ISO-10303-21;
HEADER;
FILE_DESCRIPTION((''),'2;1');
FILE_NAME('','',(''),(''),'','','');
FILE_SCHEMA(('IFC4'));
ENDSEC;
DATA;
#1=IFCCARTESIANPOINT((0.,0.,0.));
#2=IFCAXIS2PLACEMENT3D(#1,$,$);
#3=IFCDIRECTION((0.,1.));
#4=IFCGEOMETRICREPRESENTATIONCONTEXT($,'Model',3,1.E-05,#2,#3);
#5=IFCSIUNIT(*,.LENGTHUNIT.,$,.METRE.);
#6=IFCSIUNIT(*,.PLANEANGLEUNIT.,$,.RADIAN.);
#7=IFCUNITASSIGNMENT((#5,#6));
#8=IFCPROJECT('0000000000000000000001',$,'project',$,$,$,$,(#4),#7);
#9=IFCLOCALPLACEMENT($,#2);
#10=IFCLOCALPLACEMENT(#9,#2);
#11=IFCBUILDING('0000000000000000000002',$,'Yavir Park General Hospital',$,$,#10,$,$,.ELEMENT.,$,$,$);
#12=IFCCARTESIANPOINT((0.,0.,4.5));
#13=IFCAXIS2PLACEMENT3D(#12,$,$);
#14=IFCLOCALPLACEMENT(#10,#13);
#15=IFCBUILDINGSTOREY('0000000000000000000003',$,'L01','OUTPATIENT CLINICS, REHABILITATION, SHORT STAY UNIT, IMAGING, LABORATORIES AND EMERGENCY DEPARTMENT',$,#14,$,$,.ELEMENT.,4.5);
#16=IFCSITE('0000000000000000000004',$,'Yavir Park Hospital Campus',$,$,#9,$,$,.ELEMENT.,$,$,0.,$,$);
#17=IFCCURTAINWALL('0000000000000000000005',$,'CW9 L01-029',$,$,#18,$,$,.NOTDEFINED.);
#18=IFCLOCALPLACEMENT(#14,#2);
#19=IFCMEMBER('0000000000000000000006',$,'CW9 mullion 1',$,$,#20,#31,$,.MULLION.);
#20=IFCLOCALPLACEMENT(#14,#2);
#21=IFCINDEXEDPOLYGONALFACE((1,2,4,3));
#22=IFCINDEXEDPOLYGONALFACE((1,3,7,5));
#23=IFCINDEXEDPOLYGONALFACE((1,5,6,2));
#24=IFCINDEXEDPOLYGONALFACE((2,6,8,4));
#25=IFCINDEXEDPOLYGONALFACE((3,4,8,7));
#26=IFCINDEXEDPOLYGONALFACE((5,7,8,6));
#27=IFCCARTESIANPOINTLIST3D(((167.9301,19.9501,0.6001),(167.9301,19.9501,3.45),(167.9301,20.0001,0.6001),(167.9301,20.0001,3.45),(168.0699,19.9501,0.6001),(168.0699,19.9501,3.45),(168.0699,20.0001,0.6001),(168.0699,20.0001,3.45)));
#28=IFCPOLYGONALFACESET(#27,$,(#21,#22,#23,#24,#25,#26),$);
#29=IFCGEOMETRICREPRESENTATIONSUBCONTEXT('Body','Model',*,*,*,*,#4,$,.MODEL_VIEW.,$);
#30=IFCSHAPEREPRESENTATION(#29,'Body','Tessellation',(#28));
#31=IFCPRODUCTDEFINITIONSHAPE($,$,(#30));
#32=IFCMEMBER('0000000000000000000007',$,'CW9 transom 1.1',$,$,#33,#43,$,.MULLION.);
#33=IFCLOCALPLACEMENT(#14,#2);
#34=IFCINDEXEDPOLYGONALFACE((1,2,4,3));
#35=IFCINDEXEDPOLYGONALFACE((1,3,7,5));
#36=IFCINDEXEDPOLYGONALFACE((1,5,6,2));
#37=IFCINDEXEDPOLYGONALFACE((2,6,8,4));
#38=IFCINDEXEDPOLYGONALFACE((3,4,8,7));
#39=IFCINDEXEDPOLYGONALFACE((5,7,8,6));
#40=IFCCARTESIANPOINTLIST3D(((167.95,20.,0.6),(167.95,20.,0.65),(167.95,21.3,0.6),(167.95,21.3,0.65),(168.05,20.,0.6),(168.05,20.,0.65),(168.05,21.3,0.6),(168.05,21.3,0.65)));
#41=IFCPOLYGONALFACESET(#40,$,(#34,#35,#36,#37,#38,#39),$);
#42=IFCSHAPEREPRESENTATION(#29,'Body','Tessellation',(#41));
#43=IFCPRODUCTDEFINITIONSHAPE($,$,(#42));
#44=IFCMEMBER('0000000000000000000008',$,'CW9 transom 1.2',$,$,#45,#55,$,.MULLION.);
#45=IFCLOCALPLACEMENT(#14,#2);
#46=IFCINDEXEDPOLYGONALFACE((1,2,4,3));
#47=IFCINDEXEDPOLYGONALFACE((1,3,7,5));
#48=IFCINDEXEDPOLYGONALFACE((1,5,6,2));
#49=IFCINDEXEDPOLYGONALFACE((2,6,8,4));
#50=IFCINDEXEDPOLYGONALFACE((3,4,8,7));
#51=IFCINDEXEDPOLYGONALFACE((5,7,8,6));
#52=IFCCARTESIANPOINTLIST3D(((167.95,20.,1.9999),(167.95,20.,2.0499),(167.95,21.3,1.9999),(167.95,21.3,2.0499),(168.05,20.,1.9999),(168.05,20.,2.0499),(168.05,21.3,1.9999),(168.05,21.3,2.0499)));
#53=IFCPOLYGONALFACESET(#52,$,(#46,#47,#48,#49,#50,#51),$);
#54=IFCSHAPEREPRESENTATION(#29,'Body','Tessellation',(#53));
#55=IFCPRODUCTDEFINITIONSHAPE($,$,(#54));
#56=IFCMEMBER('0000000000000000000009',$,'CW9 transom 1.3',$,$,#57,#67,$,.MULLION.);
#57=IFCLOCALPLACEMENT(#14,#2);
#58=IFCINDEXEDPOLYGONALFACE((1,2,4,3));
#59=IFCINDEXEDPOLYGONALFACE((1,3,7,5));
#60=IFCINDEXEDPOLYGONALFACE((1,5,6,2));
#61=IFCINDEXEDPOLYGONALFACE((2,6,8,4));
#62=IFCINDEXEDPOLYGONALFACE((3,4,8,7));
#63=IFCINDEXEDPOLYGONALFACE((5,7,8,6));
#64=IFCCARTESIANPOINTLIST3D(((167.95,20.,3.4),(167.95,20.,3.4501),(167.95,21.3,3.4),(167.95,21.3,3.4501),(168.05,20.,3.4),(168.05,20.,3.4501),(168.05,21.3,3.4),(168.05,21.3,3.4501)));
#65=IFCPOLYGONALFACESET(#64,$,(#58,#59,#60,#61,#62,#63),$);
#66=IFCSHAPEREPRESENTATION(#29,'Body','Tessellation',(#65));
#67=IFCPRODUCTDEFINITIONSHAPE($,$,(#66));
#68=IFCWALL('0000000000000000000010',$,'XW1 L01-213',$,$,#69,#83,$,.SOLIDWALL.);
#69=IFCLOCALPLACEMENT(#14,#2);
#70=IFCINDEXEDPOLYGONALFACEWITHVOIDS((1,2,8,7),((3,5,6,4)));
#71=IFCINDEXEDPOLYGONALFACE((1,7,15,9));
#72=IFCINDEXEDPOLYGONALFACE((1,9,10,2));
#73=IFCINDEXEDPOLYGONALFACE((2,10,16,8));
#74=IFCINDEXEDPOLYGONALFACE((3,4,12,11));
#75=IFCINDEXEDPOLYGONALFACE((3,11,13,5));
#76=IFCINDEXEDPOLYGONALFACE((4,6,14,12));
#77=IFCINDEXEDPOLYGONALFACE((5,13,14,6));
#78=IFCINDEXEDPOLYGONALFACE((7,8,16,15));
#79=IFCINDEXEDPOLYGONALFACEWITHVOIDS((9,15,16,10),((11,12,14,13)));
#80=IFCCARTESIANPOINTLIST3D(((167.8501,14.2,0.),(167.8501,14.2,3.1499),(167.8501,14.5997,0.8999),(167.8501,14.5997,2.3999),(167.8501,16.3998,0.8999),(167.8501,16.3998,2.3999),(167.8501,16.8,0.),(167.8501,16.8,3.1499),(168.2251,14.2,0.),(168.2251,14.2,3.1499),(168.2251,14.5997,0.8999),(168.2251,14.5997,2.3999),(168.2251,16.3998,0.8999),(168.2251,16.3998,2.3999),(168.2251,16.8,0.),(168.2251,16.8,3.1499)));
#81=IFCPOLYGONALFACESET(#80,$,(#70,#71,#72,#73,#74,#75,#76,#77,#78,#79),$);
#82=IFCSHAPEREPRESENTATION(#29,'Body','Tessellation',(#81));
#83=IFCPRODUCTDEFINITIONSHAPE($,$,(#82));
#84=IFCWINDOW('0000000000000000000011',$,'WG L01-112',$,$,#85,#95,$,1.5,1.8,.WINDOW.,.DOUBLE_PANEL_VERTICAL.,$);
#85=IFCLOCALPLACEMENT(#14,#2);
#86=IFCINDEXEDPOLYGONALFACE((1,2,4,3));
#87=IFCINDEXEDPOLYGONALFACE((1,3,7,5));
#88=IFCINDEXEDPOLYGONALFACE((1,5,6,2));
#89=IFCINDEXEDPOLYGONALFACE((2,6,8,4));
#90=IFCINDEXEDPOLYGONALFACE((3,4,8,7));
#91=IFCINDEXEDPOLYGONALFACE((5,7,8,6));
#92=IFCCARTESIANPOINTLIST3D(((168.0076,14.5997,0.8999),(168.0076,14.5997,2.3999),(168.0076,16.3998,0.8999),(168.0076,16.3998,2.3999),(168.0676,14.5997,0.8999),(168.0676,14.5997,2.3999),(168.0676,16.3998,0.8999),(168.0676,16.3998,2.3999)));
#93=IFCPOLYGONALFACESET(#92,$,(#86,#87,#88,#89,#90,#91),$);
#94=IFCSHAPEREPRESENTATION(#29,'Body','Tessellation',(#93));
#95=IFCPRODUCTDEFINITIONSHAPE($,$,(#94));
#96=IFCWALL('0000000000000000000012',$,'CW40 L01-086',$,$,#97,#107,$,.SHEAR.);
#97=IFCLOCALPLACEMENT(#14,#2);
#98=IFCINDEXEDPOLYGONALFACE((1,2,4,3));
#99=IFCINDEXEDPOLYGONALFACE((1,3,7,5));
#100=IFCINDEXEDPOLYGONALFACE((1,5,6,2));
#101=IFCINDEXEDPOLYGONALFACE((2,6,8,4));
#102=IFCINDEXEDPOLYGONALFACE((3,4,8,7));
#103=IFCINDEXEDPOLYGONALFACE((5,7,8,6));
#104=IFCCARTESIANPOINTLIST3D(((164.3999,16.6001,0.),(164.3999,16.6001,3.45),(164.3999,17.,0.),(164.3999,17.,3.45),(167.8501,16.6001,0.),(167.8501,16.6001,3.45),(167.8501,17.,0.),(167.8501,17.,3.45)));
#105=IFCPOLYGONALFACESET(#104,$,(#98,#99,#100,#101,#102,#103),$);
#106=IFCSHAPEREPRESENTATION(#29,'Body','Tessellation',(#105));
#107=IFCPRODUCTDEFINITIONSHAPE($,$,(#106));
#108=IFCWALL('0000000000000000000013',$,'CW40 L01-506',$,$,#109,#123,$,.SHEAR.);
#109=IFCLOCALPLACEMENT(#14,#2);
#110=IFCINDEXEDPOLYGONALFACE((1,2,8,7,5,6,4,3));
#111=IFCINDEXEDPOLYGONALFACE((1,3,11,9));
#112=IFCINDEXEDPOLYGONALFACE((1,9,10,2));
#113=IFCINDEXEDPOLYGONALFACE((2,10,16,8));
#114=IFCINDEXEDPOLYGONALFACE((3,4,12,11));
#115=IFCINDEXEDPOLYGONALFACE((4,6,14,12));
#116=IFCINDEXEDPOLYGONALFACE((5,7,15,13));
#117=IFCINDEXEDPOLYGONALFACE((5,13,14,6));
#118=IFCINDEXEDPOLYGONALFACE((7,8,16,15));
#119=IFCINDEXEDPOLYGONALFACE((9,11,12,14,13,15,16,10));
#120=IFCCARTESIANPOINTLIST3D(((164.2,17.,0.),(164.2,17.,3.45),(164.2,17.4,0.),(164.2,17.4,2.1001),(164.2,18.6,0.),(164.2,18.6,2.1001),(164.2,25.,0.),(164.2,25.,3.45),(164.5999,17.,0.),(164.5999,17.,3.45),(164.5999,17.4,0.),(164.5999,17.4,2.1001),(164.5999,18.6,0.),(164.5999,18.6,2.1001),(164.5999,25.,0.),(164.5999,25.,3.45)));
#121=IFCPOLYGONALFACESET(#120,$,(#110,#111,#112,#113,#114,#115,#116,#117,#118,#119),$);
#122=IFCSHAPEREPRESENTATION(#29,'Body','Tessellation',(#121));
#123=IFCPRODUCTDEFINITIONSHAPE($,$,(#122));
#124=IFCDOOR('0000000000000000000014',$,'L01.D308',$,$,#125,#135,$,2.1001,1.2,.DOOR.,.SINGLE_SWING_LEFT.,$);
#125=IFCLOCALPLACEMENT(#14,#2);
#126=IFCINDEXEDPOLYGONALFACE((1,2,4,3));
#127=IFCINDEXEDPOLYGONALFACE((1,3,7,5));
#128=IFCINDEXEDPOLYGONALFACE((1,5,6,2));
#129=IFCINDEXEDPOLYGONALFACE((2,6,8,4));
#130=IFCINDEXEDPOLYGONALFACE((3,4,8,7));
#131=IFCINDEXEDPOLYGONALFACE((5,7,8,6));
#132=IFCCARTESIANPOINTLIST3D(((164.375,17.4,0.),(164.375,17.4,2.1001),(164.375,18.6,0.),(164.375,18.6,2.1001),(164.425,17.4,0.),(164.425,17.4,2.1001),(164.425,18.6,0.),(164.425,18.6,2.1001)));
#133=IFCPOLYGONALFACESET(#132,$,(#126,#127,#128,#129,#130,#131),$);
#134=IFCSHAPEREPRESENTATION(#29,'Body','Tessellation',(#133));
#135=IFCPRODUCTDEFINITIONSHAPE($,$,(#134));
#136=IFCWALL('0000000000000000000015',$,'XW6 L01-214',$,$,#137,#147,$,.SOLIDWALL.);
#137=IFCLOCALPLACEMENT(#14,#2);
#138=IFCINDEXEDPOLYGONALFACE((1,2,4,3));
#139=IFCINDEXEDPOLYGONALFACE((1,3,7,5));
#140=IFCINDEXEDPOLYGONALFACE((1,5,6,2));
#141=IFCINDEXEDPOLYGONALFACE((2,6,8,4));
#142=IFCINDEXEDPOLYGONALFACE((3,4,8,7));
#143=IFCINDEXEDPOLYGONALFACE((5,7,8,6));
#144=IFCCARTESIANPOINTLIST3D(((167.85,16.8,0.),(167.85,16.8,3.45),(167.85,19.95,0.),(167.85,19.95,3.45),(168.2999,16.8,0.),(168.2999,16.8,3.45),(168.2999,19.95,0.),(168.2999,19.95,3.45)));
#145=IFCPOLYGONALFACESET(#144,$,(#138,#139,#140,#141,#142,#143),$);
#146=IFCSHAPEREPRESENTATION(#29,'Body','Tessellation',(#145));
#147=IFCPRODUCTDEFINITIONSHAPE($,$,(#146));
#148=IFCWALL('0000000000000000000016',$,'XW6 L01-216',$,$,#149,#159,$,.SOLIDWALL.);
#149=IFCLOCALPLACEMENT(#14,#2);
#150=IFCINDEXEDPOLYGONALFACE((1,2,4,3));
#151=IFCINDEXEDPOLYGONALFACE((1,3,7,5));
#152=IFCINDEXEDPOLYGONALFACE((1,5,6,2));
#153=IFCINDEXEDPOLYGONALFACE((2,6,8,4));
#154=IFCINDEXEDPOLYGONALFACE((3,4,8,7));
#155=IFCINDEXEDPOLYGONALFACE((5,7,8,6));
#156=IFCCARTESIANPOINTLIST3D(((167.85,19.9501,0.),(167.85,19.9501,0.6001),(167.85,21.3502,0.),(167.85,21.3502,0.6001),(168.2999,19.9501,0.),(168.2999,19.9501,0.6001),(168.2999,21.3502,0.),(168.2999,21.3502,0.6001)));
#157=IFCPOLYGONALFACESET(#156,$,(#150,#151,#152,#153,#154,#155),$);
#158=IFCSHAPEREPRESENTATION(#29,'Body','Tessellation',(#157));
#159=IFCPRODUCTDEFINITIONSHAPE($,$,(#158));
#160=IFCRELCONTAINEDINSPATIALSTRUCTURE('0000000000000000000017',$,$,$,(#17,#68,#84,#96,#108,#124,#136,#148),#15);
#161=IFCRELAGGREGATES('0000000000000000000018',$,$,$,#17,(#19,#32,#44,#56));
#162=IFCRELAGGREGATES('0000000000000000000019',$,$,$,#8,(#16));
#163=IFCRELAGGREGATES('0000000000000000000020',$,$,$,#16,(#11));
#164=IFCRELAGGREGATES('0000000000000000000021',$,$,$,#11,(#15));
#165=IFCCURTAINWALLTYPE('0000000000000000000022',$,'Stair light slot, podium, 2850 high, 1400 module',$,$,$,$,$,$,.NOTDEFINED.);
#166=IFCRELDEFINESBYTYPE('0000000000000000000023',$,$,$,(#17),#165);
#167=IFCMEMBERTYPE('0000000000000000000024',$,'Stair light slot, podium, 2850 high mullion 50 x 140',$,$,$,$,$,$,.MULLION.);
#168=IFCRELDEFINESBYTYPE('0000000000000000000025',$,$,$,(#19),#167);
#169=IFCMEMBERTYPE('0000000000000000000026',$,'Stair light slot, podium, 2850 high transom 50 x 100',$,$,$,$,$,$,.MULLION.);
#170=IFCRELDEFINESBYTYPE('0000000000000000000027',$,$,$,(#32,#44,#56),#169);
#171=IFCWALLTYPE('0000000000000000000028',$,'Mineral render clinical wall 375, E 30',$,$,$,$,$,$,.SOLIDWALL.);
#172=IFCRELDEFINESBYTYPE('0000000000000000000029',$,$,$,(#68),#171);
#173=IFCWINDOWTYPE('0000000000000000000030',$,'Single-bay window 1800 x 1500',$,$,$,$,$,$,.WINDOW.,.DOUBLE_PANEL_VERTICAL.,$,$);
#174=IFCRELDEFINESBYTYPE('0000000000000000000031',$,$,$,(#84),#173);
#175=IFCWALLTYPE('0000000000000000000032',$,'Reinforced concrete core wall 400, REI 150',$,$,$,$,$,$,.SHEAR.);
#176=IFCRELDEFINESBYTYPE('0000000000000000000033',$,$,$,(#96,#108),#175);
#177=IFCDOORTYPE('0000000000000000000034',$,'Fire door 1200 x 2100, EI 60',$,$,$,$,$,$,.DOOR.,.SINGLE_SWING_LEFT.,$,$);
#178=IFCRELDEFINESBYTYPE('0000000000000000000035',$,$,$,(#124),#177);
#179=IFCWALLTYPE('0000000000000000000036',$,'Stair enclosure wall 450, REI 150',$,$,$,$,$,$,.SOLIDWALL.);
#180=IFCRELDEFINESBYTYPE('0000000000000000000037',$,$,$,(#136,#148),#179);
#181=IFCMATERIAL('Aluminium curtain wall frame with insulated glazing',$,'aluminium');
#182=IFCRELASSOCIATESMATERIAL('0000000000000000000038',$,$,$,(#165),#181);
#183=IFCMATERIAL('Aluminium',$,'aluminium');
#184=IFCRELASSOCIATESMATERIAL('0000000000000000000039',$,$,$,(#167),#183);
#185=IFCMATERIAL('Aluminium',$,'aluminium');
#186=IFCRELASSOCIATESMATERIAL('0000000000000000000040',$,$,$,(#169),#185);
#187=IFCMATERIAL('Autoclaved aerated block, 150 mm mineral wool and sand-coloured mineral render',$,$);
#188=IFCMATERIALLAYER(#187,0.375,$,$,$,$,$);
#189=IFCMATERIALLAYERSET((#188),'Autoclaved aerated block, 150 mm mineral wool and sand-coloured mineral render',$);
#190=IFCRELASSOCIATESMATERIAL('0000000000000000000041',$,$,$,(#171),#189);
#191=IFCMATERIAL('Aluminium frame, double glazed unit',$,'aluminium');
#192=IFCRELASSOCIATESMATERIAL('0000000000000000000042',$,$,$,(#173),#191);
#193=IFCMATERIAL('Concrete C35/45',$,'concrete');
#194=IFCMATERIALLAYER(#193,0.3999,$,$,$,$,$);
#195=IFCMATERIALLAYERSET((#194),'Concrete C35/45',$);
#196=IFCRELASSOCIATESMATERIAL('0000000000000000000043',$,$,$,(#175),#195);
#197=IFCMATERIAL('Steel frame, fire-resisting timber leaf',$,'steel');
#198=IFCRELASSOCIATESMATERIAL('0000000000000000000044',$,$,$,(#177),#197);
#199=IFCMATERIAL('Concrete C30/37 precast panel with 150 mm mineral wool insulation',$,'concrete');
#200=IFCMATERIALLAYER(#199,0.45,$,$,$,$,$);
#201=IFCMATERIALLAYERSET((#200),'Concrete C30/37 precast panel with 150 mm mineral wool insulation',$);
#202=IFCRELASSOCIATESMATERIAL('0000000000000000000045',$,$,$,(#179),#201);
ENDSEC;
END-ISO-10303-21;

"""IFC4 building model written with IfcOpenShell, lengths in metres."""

from ifc_helpers import new_model, si_unit, direction, frame, frame_2d, origin, origin_2d, place, context, subcontext, project, spatial, rectangle, extrude, material, layer, layer_set, material_profile, profile_set, type_object, element, fill, aggregate, save


model = new_model("IFC4")

# Units and contexts
model_context = context("Model", 3, precision=1e-05, world=origin(), true_north=direction((0.0, 1.0)))
body_context = subcontext(model_context, "Body", "Model", "MODEL_VIEW")
ifc_project = project(units=[si_unit("LENGTHUNIT", "METRE"), si_unit("PLANEANGLEUNIT", "RADIAN")], contexts=[model_context])

# Site, building, storey
site_placement = place(None, origin())
site = spatial("IfcSite", under=ifc_project, at=site_placement, Name="Yavir Park Hospital Campus", CompositionType="ELEMENT", RefElevation=0.0)
building_placement = place(site_placement, origin())
building = spatial("IfcBuilding", under=site, at=building_placement, Name="Yavir Park General Hospital", CompositionType="ELEMENT")
storey_placement = place(building_placement, frame((0.0, 0.0, 4.5)))
storey = spatial("IfcBuildingStorey", under=building, at=storey_placement, Name="L01", Description="OUTPATIENT CLINICS, REHABILITATION, SHORT STAY UNIT, IMAGING, LABORATORIES AND EMERGENCY DEPARTMENT", CompositionType="ELEMENT", Elevation=4.5)

# Curtain wall, members
ifc_material_1 = material(Name="Aluminium curtain wall frame with insulated glazing", Category="aluminium")
curtain_wall_type = type_object("IfcCurtainWallType", Name="Stair light slot, podium, 2850 high, 1400 module", PredefinedType="NOTDEFINED", material=ifc_material_1)
curtain_wall_placement = place(storey_placement, origin())
curtain_wall = element("IfcCurtainWall", 1, at=curtain_wall_placement, inside=storey, type_object=curtain_wall_type, Name="CW9 L01-029", PredefinedType="NOTDEFINED")
ifc_material_2 = material(Name="Aluminium", Category="aluminium")
ifc_material_profile_1 = material_profile(ifc_material_2, rectangle(XDim=0.1399, YDim=0.05, at=origin_2d()), Name="AL 50x140")
ifc_profile_set_1 = profile_set([ifc_material_profile_1], Name="Aluminium")
member_type_1 = type_object("IfcMemberType", Name="Stair light slot, podium, 2850 high mullion 50 x 140", PredefinedType="MULLION", material=ifc_profile_set_1)
member_1_placement = place(storey_placement, frame((168.0, 19.9751, 0.6001), z_axis=(0.0, 0.0, 1.0), x_axis=(-1.0, 0.0, 0.0)))
member_1 = element("IfcMember", 2, at=member_1_placement, type_object=member_type_1, Name="CW9 mullion 1", PredefinedType="MULLION", context=body_context, shape_type="SweptSolid", body=[
    extrude(rectangle(XDim=0.1399, YDim=0.05, at=origin_2d()), origin(), (0.0, 0.0, 1.0), 2.8499),
])
ifc_material_3 = material(Name="Aluminium", Category="aluminium")
ifc_material_profile_2 = material_profile(ifc_material_3, rectangle(XDim=0.1001, YDim=0.05, at=origin_2d()), Name="AL 100x50")
ifc_profile_set_2 = profile_set([ifc_material_profile_2], Name="Aluminium")
member_type_2 = type_object("IfcMemberType", Name="Stair light slot, podium, 2850 high transom 50 x 100", PredefinedType="MULLION", material=ifc_profile_set_2)
member_2_placement = place(storey_placement, frame((168.0, 20.0, 0.625), z_axis=(0.0, 1.0, 0.0), x_axis=(-1.0, 0.0, 0.0)))
member_2 = element("IfcMember", 3, at=member_2_placement, type_object=member_type_2, Name="CW9 transom 1.1", PredefinedType="MULLION", context=body_context, shape_type="SweptSolid", body=[
    extrude(rectangle(XDim=0.1001, YDim=0.05, at=origin_2d()), origin(), (0.0, 0.0, 1.0), 1.3),
])
member_3_placement = place(storey_placement, frame((168.0, 20.0, 2.0249), z_axis=(0.0, 1.0, 0.0), x_axis=(-1.0, 0.0, 0.0)))
member_3 = element("IfcMember", 4, at=member_3_placement, type_object=member_type_2, Name="CW9 transom 1.2", PredefinedType="MULLION", context=body_context, shape_type="SweptSolid", body=[
    extrude(rectangle(XDim=0.1001, YDim=0.05, at=origin_2d()), origin(), (0.0, 0.0, 1.0), 1.3),
])
member_4_placement = place(storey_placement, frame((168.0, 20.0, 3.425), z_axis=(0.0, 1.0, 0.0), x_axis=(-1.0, 0.0, 0.0)))
member_4 = element("IfcMember", 5, at=member_4_placement, type_object=member_type_2, Name="CW9 transom 1.3", PredefinedType="MULLION", context=body_context, shape_type="SweptSolid", body=[
    extrude(rectangle(XDim=0.1001, YDim=0.05, at=origin_2d()), origin(), (0.0, 0.0, 1.0), 1.3),
])
aggregate(curtain_wall, [member_1, member_2, member_3, member_4])

# Wall, opening, window
ifc_material_4 = material(Name="Autoclaved aerated block, 150 mm mineral wool and sand-coloured mineral render")
ifc_layer_1 = layer(ifc_material_4, 0.375)
ifc_layer_set_1 = layer_set([ifc_layer_1], Name="Autoclaved aerated block, 150 mm mineral wool and sand-coloured mineral render")
wall_type_1 = type_object("IfcWallType", Name="Mineral render clinical wall 375, E 30", PredefinedType="SOLIDWALL", material=ifc_layer_set_1)
wall_1_placement = place(storey_placement, frame((168.0376, 14.2, 0.0), z_axis=(0.0, 0.0, 1.0), x_axis=(0.0, 1.0, 0.0)))
wall_1 = element("IfcWall", 6, at=wall_1_placement, inside=storey, type_object=wall_type_1, Name="XW1 L01-213", PredefinedType="SOLIDWALL", context=body_context, shape_type="SweptSolid", body=[
    extrude(rectangle(XDim=2.6001, YDim=0.375, at=frame_2d((1.3, 0.0))), origin(), (0.0, 0.0, 1.0), 3.1499),
])
opening_1_placement = place(wall_1_placement, frame((0.3999, 0.0, 0.8999)))
opening_1 = element("IfcOpeningElement", 7, at=opening_1_placement, cuts=wall_1, PredefinedType="OPENING", context=body_context, shape_type="SweptSolid", body=[
    extrude(rectangle(XDim=1.8, YDim=1.5, at=frame_2d((0.8999, 0.75))), frame((0.0, 0.1975, 0.0), z_axis=(0.0, -1.0, 0.0), x_axis=(1.0, 0.0, 0.0)), (0.0, 0.0, 1.0), 0.395),
])
ifc_material_5 = material(Name="Aluminium frame, double glazed unit", Category="aluminium")
window_type = type_object("IfcWindowType", Name="Single-bay window 1800 x 1500", PartitioningType="DOUBLE_PANEL_VERTICAL", PredefinedType="WINDOW", material=ifc_material_5)
window_placement = place(opening_1_placement, origin())
window = element("IfcWindow", 8, at=window_placement, inside=storey, type_object=window_type, Name="WG L01-112", OverallHeight=1.5, OverallWidth=1.8, PartitioningType="DOUBLE_PANEL_VERTICAL", PredefinedType="WINDOW", context=body_context, shape_type="SweptSolid", body=[
    extrude(rectangle(XDim=1.8, YDim=1.5, at=frame_2d((0.8999, 0.75))), frame((0.0, 0.03, 0.0), z_axis=(0.0, -1.0, 0.0), x_axis=(1.0, 0.0, 0.0)), (0.0, 0.0, 1.0), 0.0601),
])
fill(opening_1, window)

# Wall
ifc_material_6 = material(Name="Concrete C35/45", Category="concrete")
ifc_layer_2 = layer(ifc_material_6, 0.3999)
ifc_layer_set_2 = layer_set([ifc_layer_2], Name="Concrete C35/45")
wall_type_2 = type_object("IfcWallType", Name="Reinforced concrete core wall 400, REI 150", PredefinedType="SHEAR", material=ifc_layer_set_2)
wall_2_placement = place(storey_placement, frame((164.3999, 16.8, 0.0), z_axis=(0.0, 0.0, 1.0), x_axis=(1.0, 0.0, 0.0)))
element("IfcWall", 9, at=wall_2_placement, inside=storey, type_object=wall_type_2, Name="CW40 L01-086", PredefinedType="SHEAR", context=body_context, shape_type="SweptSolid", body=[
    extrude(rectangle(XDim=3.4502, YDim=0.3999, at=frame_2d((1.7251, 0.0))), origin(), (0.0, 0.0, 1.0), 3.45),
])

# Wall, opening, door
wall_3_placement = place(storey_placement, frame((164.3999, 17.0, 0.0), z_axis=(0.0, 0.0, 1.0), x_axis=(0.0, 1.0, 0.0)))
wall_3 = element("IfcWall", 10, at=wall_3_placement, inside=storey, type_object=wall_type_2, Name="CW40 L01-506", PredefinedType="SHEAR", context=body_context, shape_type="SweptSolid", body=[
    extrude(rectangle(XDim=8.0, YDim=0.3999, at=frame_2d((4.0, 0.0))), origin(), (0.0, 0.0, 1.0), 3.45),
])
opening_2_placement = place(wall_3_placement, frame((0.3999, 0.0, 0.0)))
opening_2 = element("IfcOpeningElement", 11, at=opening_2_placement, cuts=wall_3, PredefinedType="OPENING", context=body_context, shape_type="SweptSolid", body=[
    extrude(rectangle(XDim=1.2, YDim=2.1001, at=frame_2d((0.6001, 1.05))), frame((0.0, 0.21, 0.0), z_axis=(0.0, -1.0, 0.0), x_axis=(1.0, 0.0, 0.0)), (0.0, 0.0, 1.0), 0.4199),
])
ifc_material_7 = material(Name="Steel frame, fire-resisting timber leaf", Category="steel")
door_type = type_object("IfcDoorType", Name="Fire door 1200 x 2100, EI 60", OperationType="SINGLE_SWING_LEFT", PredefinedType="DOOR", material=ifc_material_7)
door_placement = place(opening_2_placement, origin())
door = element("IfcDoor", 12, at=door_placement, inside=storey, type_object=door_type, Name="L01.D308", OperationType="SINGLE_SWING_LEFT", OverallHeight=2.1001, OverallWidth=1.2, PredefinedType="DOOR", context=body_context, shape_type="SweptSolid", body=[
    extrude(rectangle(XDim=1.2, YDim=2.1001, at=frame_2d((0.6001, 1.05))), frame((0.0, 0.0249, 0.0), z_axis=(0.0, -1.0, 0.0), x_axis=(1.0, 0.0, 0.0)), (0.0, 0.0, 1.0), 0.05),
])
fill(opening_2, door)

# Walls
ifc_material_8 = material(Name="Concrete C30/37 precast panel with 150 mm mineral wool insulation", Category="concrete")
ifc_layer_3 = layer(ifc_material_8, 0.45)
ifc_layer_set_3 = layer_set([ifc_layer_3], Name="Concrete C30/37 precast panel with 150 mm mineral wool insulation")
wall_type_3 = type_object("IfcWallType", Name="Stair enclosure wall 450, REI 150", PredefinedType="SOLIDWALL", material=ifc_layer_set_3)
wall_4_placement = place(storey_placement, frame((168.075, 16.8, 0.0), z_axis=(0.0, 0.0, 1.0), x_axis=(0.0, 1.0, 0.0)))
element("IfcWall", 13, at=wall_4_placement, inside=storey, type_object=wall_type_3, Name="XW6 L01-214", PredefinedType="SOLIDWALL", context=body_context, shape_type="SweptSolid", body=[
    extrude(rectangle(XDim=3.1499, YDim=0.45, at=frame_2d((1.575, 0.0))), origin(), (0.0, 0.0, 1.0), 3.45),
])
wall_5_placement = place(storey_placement, frame((168.075, 19.95, 0.0), z_axis=(0.0, 0.0, 1.0), x_axis=(0.0, 1.0, 0.0)))
element("IfcWall", 14, at=wall_5_placement, inside=storey, type_object=wall_type_3, Name="XW6 L01-216", PredefinedType="SOLIDWALL", context=body_context, shape_type="SweptSolid", body=[
    extrude(rectangle(XDim=1.4001, YDim=0.45, at=frame_2d((0.7002, 0.0))), origin(), (0.0, 0.0, 1.0), 0.6001),
])

save(model, "model.ifc")
